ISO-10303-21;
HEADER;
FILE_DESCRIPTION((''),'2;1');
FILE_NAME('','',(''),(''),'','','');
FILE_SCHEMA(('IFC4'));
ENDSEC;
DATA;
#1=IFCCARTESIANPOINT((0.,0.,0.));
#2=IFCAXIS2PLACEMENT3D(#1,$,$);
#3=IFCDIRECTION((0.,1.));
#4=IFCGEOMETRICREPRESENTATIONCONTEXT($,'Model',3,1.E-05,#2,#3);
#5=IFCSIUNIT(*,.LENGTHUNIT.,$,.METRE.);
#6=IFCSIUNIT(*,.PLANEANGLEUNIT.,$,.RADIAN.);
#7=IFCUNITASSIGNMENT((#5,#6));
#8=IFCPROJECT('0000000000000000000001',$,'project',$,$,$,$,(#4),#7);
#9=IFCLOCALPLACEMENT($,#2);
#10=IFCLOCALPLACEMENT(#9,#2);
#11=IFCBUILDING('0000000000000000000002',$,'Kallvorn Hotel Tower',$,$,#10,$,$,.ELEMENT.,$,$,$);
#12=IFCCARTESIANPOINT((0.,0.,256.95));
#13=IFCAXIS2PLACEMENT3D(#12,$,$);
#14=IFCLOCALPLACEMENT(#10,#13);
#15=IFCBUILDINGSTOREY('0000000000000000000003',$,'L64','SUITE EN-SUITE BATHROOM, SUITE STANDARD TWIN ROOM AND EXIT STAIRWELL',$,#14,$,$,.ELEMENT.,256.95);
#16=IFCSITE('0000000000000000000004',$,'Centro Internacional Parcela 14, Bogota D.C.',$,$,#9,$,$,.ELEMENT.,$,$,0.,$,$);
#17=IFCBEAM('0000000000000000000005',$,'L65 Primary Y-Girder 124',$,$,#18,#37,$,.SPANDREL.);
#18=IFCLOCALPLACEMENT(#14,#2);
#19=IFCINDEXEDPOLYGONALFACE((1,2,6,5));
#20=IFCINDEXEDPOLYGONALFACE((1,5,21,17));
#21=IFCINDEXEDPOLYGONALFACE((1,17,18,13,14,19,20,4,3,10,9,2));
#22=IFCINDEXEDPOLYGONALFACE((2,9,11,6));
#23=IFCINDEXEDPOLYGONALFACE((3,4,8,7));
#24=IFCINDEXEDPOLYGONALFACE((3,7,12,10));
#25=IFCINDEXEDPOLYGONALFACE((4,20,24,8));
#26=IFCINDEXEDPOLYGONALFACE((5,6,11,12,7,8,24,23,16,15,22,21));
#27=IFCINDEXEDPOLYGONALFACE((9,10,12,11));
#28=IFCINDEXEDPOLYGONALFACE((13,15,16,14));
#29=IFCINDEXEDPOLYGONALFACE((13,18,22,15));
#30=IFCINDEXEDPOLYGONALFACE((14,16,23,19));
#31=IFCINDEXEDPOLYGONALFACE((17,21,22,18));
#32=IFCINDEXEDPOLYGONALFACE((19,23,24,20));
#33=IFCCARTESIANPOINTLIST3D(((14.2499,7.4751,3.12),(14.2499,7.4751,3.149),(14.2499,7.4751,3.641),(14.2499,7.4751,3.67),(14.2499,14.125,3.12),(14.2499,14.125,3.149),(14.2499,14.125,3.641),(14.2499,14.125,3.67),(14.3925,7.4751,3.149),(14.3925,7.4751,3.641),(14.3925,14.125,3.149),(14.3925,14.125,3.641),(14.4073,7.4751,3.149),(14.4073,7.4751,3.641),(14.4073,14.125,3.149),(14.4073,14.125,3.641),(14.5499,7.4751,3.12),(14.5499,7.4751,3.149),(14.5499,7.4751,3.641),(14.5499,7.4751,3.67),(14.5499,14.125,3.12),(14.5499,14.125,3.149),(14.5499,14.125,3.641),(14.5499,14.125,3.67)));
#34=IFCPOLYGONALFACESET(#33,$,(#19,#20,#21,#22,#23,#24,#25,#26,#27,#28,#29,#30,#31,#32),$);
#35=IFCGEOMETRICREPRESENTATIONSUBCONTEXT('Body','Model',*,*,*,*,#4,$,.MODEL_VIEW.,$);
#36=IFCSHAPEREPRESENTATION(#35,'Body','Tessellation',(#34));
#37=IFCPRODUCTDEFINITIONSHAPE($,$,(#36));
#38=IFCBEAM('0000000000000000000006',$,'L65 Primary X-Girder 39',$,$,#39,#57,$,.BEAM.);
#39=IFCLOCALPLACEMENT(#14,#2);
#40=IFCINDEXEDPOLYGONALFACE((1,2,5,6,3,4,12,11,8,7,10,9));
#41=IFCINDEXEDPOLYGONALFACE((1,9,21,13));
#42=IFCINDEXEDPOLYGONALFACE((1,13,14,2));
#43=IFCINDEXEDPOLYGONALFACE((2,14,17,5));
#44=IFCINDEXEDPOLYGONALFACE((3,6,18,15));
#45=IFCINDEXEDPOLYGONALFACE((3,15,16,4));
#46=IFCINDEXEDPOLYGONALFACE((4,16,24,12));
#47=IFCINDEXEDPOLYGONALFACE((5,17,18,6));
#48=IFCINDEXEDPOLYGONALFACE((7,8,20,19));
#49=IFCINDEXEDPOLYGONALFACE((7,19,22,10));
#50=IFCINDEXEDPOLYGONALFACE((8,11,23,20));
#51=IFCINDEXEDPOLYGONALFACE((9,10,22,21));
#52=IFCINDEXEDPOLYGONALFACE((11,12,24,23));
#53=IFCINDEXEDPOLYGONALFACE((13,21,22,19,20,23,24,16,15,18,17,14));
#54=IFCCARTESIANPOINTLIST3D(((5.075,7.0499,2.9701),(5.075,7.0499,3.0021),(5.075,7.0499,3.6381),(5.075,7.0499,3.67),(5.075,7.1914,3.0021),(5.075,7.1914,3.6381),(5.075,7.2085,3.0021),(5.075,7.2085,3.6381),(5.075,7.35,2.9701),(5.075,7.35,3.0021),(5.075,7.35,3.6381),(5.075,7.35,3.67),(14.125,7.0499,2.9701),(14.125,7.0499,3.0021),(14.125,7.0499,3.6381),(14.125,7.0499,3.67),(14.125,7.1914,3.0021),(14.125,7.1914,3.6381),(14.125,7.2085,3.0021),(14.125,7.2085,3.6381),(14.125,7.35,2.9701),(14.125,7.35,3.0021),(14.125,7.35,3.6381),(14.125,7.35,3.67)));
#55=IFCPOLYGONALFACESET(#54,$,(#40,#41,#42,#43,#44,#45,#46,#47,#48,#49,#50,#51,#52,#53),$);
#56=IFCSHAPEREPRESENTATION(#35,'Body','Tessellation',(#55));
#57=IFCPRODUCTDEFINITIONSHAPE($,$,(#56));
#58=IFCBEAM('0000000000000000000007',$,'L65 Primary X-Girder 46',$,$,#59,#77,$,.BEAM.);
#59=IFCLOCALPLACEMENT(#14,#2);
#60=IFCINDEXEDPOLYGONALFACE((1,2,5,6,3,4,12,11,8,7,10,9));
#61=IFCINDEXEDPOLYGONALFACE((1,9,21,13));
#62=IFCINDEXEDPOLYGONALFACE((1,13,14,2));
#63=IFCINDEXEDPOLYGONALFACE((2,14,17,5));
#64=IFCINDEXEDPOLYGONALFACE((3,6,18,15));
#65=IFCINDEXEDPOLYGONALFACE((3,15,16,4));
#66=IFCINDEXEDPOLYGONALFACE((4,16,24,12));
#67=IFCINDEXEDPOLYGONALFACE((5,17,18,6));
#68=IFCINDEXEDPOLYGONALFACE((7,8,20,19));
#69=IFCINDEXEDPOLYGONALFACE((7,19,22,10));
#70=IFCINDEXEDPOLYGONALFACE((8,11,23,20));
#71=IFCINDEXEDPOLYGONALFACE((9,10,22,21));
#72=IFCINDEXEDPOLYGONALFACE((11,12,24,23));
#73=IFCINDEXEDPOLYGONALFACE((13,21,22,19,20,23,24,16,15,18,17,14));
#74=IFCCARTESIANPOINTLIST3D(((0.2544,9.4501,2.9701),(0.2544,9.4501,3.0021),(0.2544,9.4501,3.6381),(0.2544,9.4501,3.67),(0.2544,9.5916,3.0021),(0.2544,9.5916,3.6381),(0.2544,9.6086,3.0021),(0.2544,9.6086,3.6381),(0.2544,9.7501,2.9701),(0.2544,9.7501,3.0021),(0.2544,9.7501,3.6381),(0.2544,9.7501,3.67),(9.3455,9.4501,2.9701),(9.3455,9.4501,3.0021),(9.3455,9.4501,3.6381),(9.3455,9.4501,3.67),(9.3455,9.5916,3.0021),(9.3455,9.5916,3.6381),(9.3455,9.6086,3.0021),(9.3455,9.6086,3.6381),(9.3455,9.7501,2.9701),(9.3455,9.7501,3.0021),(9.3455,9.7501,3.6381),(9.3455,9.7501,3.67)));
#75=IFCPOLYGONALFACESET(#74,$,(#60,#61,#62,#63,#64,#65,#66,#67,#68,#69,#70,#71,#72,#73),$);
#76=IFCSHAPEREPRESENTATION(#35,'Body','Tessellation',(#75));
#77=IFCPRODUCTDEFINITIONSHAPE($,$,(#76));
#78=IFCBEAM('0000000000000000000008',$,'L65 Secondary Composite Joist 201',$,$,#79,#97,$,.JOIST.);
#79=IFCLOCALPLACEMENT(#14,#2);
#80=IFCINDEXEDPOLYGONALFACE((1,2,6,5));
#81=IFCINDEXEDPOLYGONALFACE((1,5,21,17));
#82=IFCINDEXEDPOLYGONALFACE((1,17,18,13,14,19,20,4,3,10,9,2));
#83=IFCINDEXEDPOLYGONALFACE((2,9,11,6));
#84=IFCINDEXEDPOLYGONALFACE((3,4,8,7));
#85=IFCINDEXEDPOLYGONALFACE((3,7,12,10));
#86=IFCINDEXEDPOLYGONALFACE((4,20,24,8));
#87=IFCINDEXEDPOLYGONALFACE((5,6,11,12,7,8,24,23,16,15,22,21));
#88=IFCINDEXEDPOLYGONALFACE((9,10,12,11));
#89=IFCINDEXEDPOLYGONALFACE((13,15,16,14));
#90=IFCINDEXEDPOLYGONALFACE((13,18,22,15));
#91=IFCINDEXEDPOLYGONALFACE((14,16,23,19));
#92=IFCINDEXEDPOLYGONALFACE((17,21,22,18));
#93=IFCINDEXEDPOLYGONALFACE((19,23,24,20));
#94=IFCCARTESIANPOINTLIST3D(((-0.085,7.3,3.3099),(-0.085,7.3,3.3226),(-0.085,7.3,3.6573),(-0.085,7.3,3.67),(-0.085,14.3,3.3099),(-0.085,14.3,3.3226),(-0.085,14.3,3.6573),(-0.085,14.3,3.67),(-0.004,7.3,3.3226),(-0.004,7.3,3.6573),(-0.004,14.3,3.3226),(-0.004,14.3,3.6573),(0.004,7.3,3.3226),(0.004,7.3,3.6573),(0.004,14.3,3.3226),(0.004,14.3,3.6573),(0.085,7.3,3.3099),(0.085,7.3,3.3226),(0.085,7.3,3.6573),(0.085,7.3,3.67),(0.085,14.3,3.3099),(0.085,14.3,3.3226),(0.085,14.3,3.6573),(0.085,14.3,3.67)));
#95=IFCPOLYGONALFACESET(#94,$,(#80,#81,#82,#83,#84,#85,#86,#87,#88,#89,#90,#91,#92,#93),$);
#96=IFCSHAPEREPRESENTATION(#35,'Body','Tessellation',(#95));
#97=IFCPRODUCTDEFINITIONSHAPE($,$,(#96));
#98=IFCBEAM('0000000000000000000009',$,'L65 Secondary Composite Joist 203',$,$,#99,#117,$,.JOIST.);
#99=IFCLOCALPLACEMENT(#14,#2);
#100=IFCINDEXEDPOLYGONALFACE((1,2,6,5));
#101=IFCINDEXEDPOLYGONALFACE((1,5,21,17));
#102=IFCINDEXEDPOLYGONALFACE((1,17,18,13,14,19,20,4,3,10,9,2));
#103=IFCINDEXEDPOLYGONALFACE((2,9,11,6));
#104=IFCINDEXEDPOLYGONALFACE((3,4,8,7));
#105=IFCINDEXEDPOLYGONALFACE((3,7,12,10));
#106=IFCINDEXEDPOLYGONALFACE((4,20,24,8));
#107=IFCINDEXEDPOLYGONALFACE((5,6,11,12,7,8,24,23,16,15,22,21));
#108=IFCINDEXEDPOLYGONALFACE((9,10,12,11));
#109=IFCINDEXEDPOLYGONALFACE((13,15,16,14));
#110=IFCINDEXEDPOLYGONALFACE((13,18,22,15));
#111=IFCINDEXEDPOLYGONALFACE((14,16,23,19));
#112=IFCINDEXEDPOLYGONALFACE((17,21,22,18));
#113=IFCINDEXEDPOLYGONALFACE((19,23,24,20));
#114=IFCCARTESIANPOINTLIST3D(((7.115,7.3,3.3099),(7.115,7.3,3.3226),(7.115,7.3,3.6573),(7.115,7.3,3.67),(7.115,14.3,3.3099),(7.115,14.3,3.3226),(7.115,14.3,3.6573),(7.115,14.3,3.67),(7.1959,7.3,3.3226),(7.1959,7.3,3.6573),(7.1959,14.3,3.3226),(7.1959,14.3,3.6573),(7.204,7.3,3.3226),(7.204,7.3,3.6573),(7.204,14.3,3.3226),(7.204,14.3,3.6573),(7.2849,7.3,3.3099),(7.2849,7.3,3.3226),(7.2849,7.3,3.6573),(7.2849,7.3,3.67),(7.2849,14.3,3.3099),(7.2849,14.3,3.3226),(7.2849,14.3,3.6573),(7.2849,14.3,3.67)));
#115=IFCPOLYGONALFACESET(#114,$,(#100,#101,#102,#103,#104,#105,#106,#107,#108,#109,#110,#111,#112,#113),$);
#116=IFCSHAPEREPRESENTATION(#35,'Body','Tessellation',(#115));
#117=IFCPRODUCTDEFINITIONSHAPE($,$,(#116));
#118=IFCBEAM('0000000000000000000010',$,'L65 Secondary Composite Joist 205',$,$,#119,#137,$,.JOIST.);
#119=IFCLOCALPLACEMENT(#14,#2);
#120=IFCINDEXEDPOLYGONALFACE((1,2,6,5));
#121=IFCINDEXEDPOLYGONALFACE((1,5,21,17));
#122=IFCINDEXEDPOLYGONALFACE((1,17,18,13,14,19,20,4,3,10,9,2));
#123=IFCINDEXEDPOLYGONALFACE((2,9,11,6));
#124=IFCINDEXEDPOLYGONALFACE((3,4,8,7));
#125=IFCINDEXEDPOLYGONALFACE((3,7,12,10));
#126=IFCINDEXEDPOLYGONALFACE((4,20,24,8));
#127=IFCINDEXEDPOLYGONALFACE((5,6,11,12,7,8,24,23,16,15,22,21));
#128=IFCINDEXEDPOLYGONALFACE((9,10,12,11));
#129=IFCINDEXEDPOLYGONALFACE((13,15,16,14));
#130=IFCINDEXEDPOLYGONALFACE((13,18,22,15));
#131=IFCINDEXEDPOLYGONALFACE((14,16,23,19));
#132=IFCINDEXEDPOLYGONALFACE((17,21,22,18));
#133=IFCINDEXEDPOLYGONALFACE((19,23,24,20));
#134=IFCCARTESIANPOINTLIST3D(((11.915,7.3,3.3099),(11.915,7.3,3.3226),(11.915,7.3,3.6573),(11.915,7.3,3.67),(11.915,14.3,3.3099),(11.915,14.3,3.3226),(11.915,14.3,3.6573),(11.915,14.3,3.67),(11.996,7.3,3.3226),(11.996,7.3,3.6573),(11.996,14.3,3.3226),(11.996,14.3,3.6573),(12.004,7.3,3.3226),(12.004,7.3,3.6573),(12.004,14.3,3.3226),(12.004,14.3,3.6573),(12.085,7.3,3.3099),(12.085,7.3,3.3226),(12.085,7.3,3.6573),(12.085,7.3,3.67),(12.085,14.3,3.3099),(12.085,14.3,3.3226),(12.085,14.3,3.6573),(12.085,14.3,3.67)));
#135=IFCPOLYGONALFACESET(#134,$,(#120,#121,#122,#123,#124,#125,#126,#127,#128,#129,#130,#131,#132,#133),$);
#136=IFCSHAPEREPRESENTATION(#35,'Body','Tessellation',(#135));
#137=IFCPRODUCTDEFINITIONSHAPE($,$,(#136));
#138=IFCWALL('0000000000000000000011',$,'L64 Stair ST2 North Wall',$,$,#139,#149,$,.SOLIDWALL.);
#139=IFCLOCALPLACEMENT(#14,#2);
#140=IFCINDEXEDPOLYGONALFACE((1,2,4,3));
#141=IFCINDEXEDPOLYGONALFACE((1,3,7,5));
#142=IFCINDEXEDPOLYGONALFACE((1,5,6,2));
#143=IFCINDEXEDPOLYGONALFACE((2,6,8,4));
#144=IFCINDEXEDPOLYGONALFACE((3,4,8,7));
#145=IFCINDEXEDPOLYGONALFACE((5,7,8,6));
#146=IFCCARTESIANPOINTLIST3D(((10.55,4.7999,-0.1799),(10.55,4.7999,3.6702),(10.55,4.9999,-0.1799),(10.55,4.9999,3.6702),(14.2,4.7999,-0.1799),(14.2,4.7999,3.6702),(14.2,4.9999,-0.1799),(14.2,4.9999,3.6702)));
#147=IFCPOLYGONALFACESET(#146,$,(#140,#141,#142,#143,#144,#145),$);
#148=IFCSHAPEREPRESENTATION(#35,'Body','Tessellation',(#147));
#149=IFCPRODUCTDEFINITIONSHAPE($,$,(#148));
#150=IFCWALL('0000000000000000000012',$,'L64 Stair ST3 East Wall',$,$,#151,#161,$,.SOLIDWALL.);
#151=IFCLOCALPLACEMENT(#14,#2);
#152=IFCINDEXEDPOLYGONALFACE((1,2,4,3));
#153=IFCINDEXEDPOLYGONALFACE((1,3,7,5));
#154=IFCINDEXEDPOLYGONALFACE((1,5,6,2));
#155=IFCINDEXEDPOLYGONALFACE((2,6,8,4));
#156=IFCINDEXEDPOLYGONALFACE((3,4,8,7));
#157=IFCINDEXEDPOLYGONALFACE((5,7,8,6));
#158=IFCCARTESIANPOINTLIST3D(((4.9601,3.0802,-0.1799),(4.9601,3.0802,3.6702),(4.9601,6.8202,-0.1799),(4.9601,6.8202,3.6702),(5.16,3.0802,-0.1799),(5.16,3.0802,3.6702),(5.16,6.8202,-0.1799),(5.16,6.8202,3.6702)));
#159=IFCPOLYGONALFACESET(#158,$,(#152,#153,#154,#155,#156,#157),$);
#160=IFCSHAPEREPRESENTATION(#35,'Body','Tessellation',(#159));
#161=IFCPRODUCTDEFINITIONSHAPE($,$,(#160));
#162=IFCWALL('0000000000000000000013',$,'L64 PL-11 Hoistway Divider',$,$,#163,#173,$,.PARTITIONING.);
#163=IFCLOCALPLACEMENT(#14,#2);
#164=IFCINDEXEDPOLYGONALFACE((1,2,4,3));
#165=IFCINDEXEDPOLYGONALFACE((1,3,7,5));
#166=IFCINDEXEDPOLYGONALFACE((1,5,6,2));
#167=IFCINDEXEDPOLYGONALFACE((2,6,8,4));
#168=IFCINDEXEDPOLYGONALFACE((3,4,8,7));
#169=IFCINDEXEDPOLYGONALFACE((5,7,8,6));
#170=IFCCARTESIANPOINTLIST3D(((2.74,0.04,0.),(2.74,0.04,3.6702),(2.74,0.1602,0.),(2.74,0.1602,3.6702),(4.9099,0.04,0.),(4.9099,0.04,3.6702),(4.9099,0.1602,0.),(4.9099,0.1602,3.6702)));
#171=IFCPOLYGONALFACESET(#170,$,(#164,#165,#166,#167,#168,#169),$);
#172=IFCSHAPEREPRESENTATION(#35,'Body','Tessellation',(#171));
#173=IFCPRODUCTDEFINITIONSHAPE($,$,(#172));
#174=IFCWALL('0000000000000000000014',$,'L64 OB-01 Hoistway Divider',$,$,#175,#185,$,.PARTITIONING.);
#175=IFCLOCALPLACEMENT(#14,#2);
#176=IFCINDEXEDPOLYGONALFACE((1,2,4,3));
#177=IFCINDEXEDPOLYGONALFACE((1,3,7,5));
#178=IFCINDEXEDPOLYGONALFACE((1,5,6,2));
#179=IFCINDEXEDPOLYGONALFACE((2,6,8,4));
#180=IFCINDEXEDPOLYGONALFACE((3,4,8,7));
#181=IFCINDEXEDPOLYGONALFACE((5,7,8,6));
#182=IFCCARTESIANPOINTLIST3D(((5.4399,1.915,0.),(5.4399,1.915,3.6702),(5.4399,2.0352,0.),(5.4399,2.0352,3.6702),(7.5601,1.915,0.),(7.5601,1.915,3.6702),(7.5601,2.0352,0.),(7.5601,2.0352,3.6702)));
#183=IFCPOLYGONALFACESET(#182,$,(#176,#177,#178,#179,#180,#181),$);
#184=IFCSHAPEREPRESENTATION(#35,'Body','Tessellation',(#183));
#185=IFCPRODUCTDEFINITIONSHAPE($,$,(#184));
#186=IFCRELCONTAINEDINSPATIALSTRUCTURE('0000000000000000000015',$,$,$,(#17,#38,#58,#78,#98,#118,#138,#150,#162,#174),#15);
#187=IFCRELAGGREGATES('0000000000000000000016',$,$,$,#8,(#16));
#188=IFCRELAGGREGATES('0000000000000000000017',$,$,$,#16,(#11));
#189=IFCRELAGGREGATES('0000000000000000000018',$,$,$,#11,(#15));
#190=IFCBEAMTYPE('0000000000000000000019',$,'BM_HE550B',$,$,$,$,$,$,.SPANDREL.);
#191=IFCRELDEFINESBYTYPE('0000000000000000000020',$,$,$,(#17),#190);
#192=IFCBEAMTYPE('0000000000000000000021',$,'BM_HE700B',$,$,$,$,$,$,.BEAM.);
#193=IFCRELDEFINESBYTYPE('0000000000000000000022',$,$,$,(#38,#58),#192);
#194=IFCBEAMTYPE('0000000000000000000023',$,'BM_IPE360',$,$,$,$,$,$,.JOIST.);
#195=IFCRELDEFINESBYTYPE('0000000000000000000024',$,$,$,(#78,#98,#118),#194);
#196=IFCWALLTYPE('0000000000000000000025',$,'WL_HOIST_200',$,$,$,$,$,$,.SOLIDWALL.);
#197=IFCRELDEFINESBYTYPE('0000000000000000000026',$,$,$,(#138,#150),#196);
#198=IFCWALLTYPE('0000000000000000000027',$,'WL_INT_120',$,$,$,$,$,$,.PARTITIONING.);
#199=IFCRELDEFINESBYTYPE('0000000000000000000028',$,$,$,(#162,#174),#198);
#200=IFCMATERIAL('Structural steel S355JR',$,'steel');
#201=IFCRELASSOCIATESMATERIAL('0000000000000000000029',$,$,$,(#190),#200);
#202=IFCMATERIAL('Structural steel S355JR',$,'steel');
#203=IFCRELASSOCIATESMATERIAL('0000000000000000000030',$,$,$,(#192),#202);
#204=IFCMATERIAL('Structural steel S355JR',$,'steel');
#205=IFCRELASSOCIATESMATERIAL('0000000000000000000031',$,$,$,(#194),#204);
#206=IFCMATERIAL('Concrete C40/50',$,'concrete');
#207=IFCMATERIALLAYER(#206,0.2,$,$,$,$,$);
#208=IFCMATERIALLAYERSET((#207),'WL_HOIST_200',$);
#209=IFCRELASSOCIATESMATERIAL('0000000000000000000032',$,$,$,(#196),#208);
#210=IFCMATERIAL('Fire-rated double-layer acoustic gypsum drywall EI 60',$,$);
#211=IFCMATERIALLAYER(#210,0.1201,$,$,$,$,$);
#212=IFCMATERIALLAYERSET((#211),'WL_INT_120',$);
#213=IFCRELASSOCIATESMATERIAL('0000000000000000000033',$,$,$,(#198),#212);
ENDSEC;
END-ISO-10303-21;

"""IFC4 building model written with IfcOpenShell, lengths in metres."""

from ifc_helpers import new_model, si_unit, direction, frame, frame_2d, origin, origin_2d, place, context, subcontext, project, spatial, rectangle, i_section, extrude, material, layer, layer_set, material_profile, profile_set, type_object, element, save


model = new_model("IFC4")

# Units and contexts
model_context = context("Model", 3, precision=1e-05, world=origin(), true_north=direction((0.0, 1.0)))
body_context = subcontext(model_context, "Body", "Model", "MODEL_VIEW")
ifc_project = project(units=[si_unit("LENGTHUNIT", "METRE"), si_unit("PLANEANGLEUNIT", "RADIAN")], contexts=[model_context])

# Site, building, storey
site_placement = place(None, origin())
site = spatial("IfcSite", under=ifc_project, at=site_placement, Name="Centro Internacional Parcela 14, Bogota D.C.", CompositionType="ELEMENT", RefElevation=0.0)
building_placement = place(site_placement, origin())
building = spatial("IfcBuilding", under=site, at=building_placement, Name="Kallvorn Hotel Tower", CompositionType="ELEMENT")
storey_placement = place(building_placement, frame((0.0, 0.0, 256.95)))
storey = spatial("IfcBuildingStorey", under=building, at=storey_placement, Name="L64", Description="SUITE EN-SUITE BATHROOM, SUITE STANDARD TWIN ROOM AND EXIT STAIRWELL", CompositionType="ELEMENT", Elevation=256.95)

# Beams
ifc_material_1 = material(Name="Structural steel S355JR", Category="steel")
ifc_material_profile_1 = material_profile(ifc_material_1, i_section(OverallWidth=0.3, OverallDepth=0.55, WebThickness=0.0149, FlangeThickness=0.0291, at=origin_2d()), Name="HE 550 B")
ifc_profile_set_1 = profile_set([ifc_material_profile_1], Name="Structural steel S355JR")
beam_type_1 = type_object("IfcBeamType", Name="BM_HE550B", PredefinedType="SPANDREL", material=ifc_profile_set_1)
for number, where, z_axis, x_axis, name in (
    (1, (14.3999, 7.4751, 3.395), (0.0, 1.0, 0.0), (-1.0, 0.0, 0.0), "L65 Primary Y-Girder 124"),
):
    element("IfcBeam", number, at=place(storey_placement, frame(where, z_axis=z_axis, x_axis=x_axis)), inside=storey, type_object=beam_type_1, Name=name, PredefinedType="SPANDREL", context=body_context, shape_type="SweptSolid", body=[
        extrude(i_section(OverallWidth=0.3, OverallDepth=0.55, WebThickness=0.0149, FlangeThickness=0.0291, at=origin_2d()), origin(), (0.0, 0.0, 1.0), 6.6499),
    ])
ifc_material_2 = material(Name="Structural steel S355JR", Category="steel")
ifc_material_profile_2 = material_profile(ifc_material_2, i_section(OverallWidth=0.3, OverallDepth=0.7, WebThickness=0.0171, FlangeThickness=0.032, at=origin_2d()), Name="HE 700 B")
ifc_profile_set_2 = profile_set([ifc_material_profile_2], Name="Structural steel S355JR")
beam_type_2 = type_object("IfcBeamType", Name="BM_HE700B", PredefinedType="BEAM", material=ifc_profile_set_2)
beam_1_placement = place(storey_placement, frame((5.075, 7.2, 3.3201), z_axis=(1.0, 0.0, 0.0), x_axis=(0.0, 1.0, 0.0)))
element("IfcBeam", 2, at=beam_1_placement, inside=storey, type_object=beam_type_2, Name="L65 Primary X-Girder 39", PredefinedType="BEAM", context=body_context, shape_type="SweptSolid", body=[
    extrude(i_section(OverallWidth=0.3, OverallDepth=0.7, WebThickness=0.0171, FlangeThickness=0.032, at=origin_2d()), origin(), (0.0, 0.0, 1.0), 9.05),
])
beam_2_placement = place(storey_placement, frame((0.2544, 9.6001, 3.3201), z_axis=(1.0, 0.0, 0.0), x_axis=(0.0, 1.0, 0.0)))
element("IfcBeam", 3, at=beam_2_placement, inside=storey, type_object=beam_type_2, Name="L65 Primary X-Girder 46", PredefinedType="BEAM", context=body_context, shape_type="SweptSolid", body=[
    extrude(i_section(OverallWidth=0.3, OverallDepth=0.7, WebThickness=0.0171, FlangeThickness=0.032, at=origin_2d()), origin(), (0.0, 0.0, 1.0), 9.0911),
])
ifc_material_3 = material(Name="Structural steel S355JR", Category="steel")
ifc_material_profile_3 = material_profile(ifc_material_3, i_section(OverallWidth=0.1699, OverallDepth=0.3601, WebThickness=0.0081, FlangeThickness=0.0127, at=origin_2d()), Name="IPE 360")
ifc_profile_set_3 = profile_set([ifc_material_profile_3], Name="Structural steel S355JR")
beam_type_3 = type_object("IfcBeamType", Name="BM_IPE360", PredefinedType="JOIST", material=ifc_profile_set_3)
for number, where, z_axis, x_axis, name in (
    (4, (0.0, 7.3, 3.49), (0.0, 1.0, 0.0), (-1.0, 0.0, 0.0), "L65 Secondary Composite Joist 201"),
    (5, (7.2, 7.3, 3.49), (0.0, 1.0, 0.0), (-1.0, 0.0, 0.0), "L65 Secondary Composite Joist 203"),
    (6, (12.0, 7.3, 3.49), (0.0, 1.0, 0.0), (-1.0, 0.0, 0.0), "L65 Secondary Composite Joist 205"),
):
    element("IfcBeam", number, at=place(storey_placement, frame(where, z_axis=z_axis, x_axis=x_axis)), inside=storey, type_object=beam_type_3, Name=name, PredefinedType="JOIST", context=body_context, shape_type="SweptSolid", body=[
        extrude(i_section(OverallWidth=0.1699, OverallDepth=0.3601, WebThickness=0.0081, FlangeThickness=0.0127, at=origin_2d()), origin(), (0.0, 0.0, 1.0), 7.0),
    ])

# Walls
ifc_material_4 = material(Name="Concrete C40/50", Category="concrete")
ifc_layer_1 = layer(ifc_material_4, 0.2)
ifc_layer_set_1 = layer_set([ifc_layer_1], Name="WL_HOIST_200")
wall_type_1 = type_object("IfcWallType", Name="WL_HOIST_200", PredefinedType="SOLIDWALL", material=ifc_layer_set_1)
wall_1_placement = place(storey_placement, frame((10.55, 4.8999, -0.1799), z_axis=(0.0, 0.0, 1.0), x_axis=(1.0, 0.0, 0.0)))
element("IfcWall", 7, at=wall_1_placement, inside=storey, type_object=wall_type_1, Name="L64 Stair ST2 North Wall", PredefinedType="SOLIDWALL", context=body_context, shape_type="SweptSolid", body=[
    extrude(rectangle(XDim=3.6499, YDim=0.2, at=frame_2d((1.825, 0.0))), origin(), (0.0, 0.0, 1.0), 3.8501),
])
wall_2_placement = place(storey_placement, frame((5.0601, 3.0801, -0.1799), z_axis=(0.0, 0.0, 1.0), x_axis=(0.0, 1.0, 0.0)))
element("IfcWall", 8, at=wall_2_placement, inside=storey, type_object=wall_type_1, Name="L64 Stair ST3 East Wall", PredefinedType="SOLIDWALL", context=body_context, shape_type="SweptSolid", body=[
    extrude(rectangle(XDim=3.74, YDim=0.2, at=frame_2d((1.8701, 0.0))), origin(), (0.0, 0.0, 1.0), 3.8501),
])
ifc_material_5 = material(Name="Fire-rated double-layer acoustic gypsum drywall EI 60")
ifc_layer_2 = layer(ifc_material_5, 0.1201)
ifc_layer_set_2 = layer_set([ifc_layer_2], Name="WL_INT_120")
wall_type_2 = type_object("IfcWallType", Name="WL_INT_120", PredefinedType="PARTITIONING", material=ifc_layer_set_2)
wall_3_placement = place(storey_placement, frame((2.74, 0.1001, 0.0), z_axis=(0.0, 0.0, 1.0), x_axis=(1.0, 0.0, 0.0)))
element("IfcWall", 9, at=wall_3_placement, inside=storey, type_object=wall_type_2, Name="L64 PL-11 Hoistway Divider", PredefinedType="PARTITIONING", context=body_context, shape_type="SweptSolid", body=[
    extrude(rectangle(XDim=2.1699, YDim=0.1201, at=frame_2d((1.085, 0.0))), origin(), (0.0, 0.0, 1.0), 3.6702),
])
for number, where, z_axis, x_axis, name in (
    (10, (5.4399, 1.9751, 0.0), (0.0, 0.0, 1.0), (1.0, 0.0, 0.0), "L64 OB-01 Hoistway Divider"),
):
    element("IfcWall", number, at=place(storey_placement, frame(where, z_axis=z_axis, x_axis=x_axis)), inside=storey, type_object=wall_type_2, Name=name, PredefinedType="PARTITIONING", context=body_context, shape_type="SweptSolid", body=[
        extrude(rectangle(XDim=2.1201, YDim=0.1201, at=frame_2d((1.0601, 0.0))), origin(), (0.0, 0.0, 1.0), 3.6702),
    ])

save(model, "model.ifc")
